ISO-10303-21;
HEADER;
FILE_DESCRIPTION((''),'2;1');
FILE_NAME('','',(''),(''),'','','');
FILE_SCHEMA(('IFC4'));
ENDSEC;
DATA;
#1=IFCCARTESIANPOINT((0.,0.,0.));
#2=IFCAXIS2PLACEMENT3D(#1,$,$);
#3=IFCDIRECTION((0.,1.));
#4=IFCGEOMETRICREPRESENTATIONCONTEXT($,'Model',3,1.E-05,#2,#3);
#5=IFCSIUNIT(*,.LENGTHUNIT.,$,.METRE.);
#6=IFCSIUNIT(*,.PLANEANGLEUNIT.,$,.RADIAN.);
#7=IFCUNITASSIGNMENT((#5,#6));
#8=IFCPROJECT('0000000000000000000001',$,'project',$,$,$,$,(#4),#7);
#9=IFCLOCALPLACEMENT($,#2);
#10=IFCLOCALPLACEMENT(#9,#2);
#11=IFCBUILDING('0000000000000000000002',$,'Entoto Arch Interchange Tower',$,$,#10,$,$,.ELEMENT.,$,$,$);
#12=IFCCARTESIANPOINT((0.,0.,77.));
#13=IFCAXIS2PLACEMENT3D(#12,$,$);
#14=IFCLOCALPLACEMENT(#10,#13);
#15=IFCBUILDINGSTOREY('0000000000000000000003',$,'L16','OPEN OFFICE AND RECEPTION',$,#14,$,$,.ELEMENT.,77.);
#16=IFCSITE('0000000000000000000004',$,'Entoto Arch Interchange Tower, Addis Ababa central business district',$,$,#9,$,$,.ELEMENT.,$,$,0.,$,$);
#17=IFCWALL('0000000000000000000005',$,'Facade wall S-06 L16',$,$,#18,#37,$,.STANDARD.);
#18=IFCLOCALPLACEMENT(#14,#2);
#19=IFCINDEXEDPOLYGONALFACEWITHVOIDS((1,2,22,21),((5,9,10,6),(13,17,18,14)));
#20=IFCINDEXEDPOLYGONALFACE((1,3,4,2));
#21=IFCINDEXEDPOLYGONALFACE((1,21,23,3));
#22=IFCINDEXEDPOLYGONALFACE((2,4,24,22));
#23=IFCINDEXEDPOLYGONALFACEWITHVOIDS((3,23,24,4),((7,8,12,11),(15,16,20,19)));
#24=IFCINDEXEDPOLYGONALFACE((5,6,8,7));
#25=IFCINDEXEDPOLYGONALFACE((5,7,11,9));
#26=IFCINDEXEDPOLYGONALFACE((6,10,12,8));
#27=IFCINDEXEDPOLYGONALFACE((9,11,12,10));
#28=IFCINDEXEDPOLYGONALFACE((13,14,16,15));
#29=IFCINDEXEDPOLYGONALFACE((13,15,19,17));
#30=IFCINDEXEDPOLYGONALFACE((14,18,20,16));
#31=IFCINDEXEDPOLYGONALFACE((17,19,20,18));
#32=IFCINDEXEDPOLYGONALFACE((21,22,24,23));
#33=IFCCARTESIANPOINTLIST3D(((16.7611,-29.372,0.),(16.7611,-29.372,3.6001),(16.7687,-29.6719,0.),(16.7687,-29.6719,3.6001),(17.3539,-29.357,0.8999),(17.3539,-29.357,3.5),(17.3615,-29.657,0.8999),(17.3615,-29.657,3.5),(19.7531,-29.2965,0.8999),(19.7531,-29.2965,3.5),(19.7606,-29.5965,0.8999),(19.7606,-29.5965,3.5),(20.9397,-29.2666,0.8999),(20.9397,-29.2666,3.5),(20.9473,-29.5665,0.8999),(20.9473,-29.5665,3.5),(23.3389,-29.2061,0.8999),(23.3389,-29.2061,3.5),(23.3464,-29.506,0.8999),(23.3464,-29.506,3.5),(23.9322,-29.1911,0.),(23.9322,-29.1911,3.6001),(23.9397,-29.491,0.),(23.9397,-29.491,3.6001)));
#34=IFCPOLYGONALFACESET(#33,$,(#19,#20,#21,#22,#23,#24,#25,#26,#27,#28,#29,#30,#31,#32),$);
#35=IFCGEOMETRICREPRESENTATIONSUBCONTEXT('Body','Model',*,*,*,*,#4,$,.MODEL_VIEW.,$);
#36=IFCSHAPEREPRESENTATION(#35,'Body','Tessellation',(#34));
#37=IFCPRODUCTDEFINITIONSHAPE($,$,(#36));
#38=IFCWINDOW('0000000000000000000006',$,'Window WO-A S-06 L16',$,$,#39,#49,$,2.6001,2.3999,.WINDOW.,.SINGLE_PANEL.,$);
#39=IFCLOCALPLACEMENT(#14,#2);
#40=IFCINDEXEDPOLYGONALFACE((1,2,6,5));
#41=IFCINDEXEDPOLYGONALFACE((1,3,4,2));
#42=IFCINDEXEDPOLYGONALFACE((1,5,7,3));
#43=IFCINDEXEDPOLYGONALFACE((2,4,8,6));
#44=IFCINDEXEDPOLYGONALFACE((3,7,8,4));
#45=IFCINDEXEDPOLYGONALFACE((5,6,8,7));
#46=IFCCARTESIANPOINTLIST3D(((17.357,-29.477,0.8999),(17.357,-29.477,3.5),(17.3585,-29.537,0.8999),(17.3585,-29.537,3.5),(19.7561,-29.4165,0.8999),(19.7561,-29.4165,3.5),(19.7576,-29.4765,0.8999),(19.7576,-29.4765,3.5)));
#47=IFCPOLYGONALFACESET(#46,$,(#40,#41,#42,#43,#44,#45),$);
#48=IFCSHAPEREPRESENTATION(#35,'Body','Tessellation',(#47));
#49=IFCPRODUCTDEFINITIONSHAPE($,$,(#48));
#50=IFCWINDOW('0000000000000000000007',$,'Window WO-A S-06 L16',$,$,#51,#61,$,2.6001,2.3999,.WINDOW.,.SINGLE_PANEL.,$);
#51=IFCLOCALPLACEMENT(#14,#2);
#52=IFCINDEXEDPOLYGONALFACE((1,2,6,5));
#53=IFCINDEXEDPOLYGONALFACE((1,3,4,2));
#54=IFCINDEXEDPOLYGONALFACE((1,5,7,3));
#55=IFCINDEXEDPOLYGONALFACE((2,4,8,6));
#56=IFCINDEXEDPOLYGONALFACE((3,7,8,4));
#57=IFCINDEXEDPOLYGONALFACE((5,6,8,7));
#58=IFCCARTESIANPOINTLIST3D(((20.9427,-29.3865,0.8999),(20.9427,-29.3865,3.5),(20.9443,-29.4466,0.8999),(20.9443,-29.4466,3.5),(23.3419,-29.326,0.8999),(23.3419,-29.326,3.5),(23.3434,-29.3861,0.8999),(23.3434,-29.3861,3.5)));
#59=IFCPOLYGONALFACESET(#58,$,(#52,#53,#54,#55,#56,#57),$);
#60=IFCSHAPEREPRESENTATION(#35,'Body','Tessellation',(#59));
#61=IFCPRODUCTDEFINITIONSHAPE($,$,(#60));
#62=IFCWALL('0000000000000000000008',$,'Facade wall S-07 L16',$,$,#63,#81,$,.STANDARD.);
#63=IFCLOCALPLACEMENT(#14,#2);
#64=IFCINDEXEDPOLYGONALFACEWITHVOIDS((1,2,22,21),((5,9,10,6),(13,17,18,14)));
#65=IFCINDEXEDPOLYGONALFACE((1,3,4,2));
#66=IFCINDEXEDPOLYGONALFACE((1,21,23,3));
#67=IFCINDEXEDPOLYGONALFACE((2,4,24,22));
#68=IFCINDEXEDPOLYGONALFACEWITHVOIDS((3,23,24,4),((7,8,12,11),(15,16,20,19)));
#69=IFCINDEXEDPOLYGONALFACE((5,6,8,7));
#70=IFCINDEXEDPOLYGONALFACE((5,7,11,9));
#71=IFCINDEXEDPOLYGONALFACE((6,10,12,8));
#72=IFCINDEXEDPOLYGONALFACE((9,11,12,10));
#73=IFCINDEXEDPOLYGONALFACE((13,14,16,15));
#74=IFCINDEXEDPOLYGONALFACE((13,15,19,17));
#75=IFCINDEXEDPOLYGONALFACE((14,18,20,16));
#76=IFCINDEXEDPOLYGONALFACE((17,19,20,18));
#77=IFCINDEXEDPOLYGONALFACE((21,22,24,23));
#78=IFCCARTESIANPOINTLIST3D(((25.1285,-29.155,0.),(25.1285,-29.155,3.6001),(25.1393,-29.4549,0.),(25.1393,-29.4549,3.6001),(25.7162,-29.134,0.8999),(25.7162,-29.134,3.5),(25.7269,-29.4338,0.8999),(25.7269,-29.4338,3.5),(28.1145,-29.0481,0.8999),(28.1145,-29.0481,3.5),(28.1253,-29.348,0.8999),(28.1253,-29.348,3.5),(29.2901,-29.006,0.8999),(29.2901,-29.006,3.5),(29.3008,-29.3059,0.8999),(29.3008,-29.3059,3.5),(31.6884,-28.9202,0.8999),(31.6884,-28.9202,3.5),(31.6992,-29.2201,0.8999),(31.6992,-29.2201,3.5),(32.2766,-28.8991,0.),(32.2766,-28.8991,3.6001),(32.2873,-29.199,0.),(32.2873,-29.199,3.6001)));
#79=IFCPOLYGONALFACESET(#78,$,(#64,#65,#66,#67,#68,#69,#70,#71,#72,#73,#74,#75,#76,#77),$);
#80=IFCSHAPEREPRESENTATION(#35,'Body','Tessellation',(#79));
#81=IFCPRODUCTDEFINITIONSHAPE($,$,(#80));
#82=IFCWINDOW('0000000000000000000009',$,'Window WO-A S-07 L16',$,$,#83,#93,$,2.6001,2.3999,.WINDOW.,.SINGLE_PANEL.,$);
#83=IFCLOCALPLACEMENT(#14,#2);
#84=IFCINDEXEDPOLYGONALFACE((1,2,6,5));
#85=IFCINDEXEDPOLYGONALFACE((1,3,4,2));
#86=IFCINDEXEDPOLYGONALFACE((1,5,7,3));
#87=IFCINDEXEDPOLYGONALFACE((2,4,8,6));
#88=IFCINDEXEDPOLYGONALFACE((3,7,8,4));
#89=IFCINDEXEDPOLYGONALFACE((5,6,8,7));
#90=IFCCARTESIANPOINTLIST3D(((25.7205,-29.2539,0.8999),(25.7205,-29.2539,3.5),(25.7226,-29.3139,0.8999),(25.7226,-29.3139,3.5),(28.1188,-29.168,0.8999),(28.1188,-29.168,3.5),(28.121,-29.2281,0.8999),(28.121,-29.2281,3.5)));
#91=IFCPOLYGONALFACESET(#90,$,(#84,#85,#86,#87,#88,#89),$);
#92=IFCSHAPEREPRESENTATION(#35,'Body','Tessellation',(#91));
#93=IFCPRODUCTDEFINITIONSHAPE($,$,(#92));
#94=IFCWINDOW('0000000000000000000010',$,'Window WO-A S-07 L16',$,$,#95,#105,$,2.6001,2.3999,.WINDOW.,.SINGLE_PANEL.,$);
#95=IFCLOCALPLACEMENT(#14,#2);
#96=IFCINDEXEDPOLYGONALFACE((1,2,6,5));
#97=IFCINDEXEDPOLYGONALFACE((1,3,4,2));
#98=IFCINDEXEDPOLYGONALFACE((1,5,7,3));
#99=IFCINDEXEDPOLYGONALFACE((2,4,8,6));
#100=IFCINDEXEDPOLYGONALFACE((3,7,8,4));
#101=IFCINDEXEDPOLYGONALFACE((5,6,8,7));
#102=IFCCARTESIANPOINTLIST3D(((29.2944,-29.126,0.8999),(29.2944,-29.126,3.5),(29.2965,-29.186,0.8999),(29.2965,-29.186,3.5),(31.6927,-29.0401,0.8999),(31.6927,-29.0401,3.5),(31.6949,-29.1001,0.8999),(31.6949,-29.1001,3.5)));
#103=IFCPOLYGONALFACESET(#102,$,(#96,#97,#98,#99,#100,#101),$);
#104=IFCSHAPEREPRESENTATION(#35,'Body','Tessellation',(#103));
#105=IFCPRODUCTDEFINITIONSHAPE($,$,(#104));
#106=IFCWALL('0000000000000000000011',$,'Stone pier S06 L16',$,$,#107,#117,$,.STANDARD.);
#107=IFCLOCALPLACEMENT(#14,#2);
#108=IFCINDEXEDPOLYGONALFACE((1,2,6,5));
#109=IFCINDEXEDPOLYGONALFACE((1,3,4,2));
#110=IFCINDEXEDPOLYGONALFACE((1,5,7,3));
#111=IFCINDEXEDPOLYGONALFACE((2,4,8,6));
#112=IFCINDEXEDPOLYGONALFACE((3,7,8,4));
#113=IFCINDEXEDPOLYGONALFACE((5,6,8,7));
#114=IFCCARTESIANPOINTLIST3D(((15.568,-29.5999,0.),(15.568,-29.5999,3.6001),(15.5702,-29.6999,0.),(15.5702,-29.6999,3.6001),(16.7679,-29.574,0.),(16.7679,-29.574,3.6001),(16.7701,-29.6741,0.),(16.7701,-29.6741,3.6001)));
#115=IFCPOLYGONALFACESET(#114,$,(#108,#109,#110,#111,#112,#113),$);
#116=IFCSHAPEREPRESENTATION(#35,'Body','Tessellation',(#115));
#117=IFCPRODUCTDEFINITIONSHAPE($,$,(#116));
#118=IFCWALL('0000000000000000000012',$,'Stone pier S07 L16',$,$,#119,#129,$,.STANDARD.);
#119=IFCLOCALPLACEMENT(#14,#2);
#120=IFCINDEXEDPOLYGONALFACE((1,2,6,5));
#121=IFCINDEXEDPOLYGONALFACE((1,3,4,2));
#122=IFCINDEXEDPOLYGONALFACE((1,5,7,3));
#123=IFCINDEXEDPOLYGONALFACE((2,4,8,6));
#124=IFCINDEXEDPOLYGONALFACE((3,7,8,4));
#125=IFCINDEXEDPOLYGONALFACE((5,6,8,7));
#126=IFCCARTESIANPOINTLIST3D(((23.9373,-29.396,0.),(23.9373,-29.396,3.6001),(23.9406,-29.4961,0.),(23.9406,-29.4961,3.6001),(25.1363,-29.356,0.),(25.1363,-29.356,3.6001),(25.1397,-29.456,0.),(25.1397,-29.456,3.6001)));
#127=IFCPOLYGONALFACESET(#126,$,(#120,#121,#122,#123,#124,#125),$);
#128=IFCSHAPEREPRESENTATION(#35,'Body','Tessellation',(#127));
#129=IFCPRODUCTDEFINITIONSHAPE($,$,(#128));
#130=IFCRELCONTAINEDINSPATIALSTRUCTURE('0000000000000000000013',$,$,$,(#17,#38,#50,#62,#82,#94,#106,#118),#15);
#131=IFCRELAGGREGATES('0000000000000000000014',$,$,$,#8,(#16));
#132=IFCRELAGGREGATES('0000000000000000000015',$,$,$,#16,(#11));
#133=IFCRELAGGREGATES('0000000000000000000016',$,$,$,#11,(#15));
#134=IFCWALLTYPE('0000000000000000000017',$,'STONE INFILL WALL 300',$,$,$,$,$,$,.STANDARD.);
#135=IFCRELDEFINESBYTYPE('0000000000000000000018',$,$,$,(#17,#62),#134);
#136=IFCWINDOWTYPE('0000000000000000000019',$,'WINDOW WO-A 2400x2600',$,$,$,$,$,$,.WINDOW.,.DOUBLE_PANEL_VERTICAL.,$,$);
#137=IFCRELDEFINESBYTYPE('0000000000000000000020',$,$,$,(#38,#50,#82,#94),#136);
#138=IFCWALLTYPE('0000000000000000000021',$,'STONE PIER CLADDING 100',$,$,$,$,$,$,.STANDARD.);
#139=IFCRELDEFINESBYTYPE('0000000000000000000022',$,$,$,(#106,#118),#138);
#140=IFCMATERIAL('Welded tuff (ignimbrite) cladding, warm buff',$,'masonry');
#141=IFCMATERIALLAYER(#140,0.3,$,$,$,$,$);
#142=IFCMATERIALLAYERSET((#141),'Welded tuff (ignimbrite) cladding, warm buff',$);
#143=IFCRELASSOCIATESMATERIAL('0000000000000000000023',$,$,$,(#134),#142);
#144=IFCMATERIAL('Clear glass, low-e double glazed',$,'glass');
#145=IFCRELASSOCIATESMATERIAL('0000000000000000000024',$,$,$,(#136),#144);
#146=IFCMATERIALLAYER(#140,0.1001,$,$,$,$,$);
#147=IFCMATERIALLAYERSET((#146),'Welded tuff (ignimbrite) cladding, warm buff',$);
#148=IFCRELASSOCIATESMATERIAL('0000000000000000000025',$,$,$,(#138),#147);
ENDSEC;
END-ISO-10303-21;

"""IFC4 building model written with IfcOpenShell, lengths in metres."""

from ifc_helpers import new_model, si_unit, direction, frame, frame_2d, origin, place, context, subcontext, project, spatial, rectangle, extrude, material, layer, layer_set, type_object, element, fill, save


model = new_model("IFC4")

# Units and contexts
model_context = context("Model", 3, precision=1e-05, world=origin(), true_north=direction((0.0, 1.0)))
body_context = subcontext(model_context, "Body", "Model", "MODEL_VIEW")
ifc_project = project(units=[si_unit("LENGTHUNIT", "METRE"), si_unit("PLANEANGLEUNIT", "RADIAN")], contexts=[model_context])

# Site, building, storey
site_placement = place(None, origin())
site = spatial("IfcSite", under=ifc_project, at=site_placement, Name="Entoto Arch Interchange Tower, Addis Ababa central business district", CompositionType="ELEMENT", RefElevation=0.0)
building_placement = place(site_placement, origin())
building = spatial("IfcBuilding", under=site, at=building_placement, Name="Entoto Arch Interchange Tower", CompositionType="ELEMENT")
storey_placement = place(building_placement, frame((0.0, 0.0, 77.0)))
storey = spatial("IfcBuildingStorey", under=building, at=storey_placement, Name="L16", Description="OPEN OFFICE AND RECEPTION", CompositionType="ELEMENT", Elevation=77.0)

# Walls, openings, windows
ifc_material_1 = material(Name="Welded tuff (ignimbrite) cladding, warm buff", Category="masonry")
ifc_layer_1 = layer(ifc_material_1, 0.3)
ifc_layer_set_1 = layer_set([ifc_layer_1], Name="Welded tuff (ignimbrite) cladding, warm buff")
wall_type_1 = type_object("IfcWallType", Name="STONE INFILL WALL 300", PredefinedType="STANDARD", material=ifc_layer_set_1)
wall_1_placement = place(storey_placement, frame((16.7649, -29.522, 0.0), z_axis=(0.0, 0.0, 1.0), x_axis=(0.999682, 0.025219, 0.0)))
wall_1 = element("IfcWall", 1, at=wall_1_placement, inside=storey, type_object=wall_type_1, Name="Facade wall S-06 L16", PredefinedType="STANDARD", context=body_context, shape_type="SweptSolid", body=[
    extrude(rectangle(XDim=7.1733, YDim=0.3, at=frame_2d((3.5867, 0.0))), origin(), (0.0, 0.0, 1.0), 3.6001),
])
opening_1_placement = place(wall_1_placement, frame((0.593, 0.0, 0.8999)))
opening_1 = element("IfcOpeningElement", 2, at=opening_1_placement, cuts=wall_1, PredefinedType="OPENING", context=body_context, shape_type="SweptSolid", body=[
    extrude(rectangle(XDim=2.3999, YDim=2.6001, at=frame_2d((1.2, 1.3))), frame((0.0, 0.1602, 0.0), z_axis=(0.0, -1.0, 0.0), x_axis=(1.0, 0.0, 0.0)), (0.0, 0.0, 1.0), 0.3201),
])
opening_2_placement = place(wall_1_placement, frame((4.1799, 0.0, 0.8999)))
opening_2 = element("IfcOpeningElement", 3, at=opening_2_placement, cuts=wall_1, PredefinedType="OPENING", context=body_context, shape_type="SweptSolid", body=[
    extrude(rectangle(XDim=2.3999, YDim=2.6001, at=frame_2d((1.2, 1.3))), frame((0.0, 0.1602, 0.0), z_axis=(0.0, -1.0, 0.0), x_axis=(1.0, 0.0, 0.0)), (0.0, 0.0, 1.0), 0.3201),
])
ifc_material_2 = material(Name="Clear glass, low-e double glazed", Category="glass")
window_type = type_object("IfcWindowType", Name="WINDOW WO-A 2400x2600", PartitioningType="DOUBLE_PANEL_VERTICAL", PredefinedType="WINDOW", material=ifc_material_2)
window_1_placement = place(opening_1_placement, origin())
window_1 = element("IfcWindow", 4, at=window_1_placement, inside=storey, type_object=window_type, Name="Window WO-A S-06 L16", OverallHeight=2.6001, OverallWidth=2.3999, PartitioningType="SINGLE_PANEL", PredefinedType="WINDOW", context=body_context, shape_type="SweptSolid", body=[
    extrude(rectangle(XDim=2.3999, YDim=2.6001, at=frame_2d((1.2, 1.3))), frame((0.0, 0.03, 0.0), z_axis=(0.0, -1.0, 0.0), x_axis=(1.0, 0.0, 0.0)), (0.0, 0.0, 1.0), 0.0601),
])
fill(opening_1, window_1)
window_2_placement = place(opening_2_placement, origin())
window_2 = element("IfcWindow", 5, at=window_2_placement, inside=storey, type_object=window_type, Name="Window WO-A S-06 L16", OverallHeight=2.6001, OverallWidth=2.3999, PartitioningType="SINGLE_PANEL", PredefinedType="WINDOW", context=body_context, shape_type="SweptSolid", body=[
    extrude(rectangle(XDim=2.3999, YDim=2.6001, at=frame_2d((1.2, 1.3))), frame((0.0, 0.03, 0.0), z_axis=(0.0, -1.0, 0.0), x_axis=(1.0, 0.0, 0.0)), (0.0, 0.0, 1.0), 0.0601),
])
fill(opening_2, window_2)
wall_2_placement = place(storey_placement, frame((25.134, -29.3049, 0.0), z_axis=(0.0, 0.0, 1.0), x_axis=(0.99936, 0.035772, 0.0)))
wall_2 = element("IfcWall", 6, at=wall_2_placement, inside=storey, type_object=wall_type_1, Name="Facade wall S-07 L16", PredefinedType="STANDARD", context=body_context, shape_type="SweptSolid", body=[
    extrude(rectangle(XDim=7.1526, YDim=0.3, at=frame_2d((3.5762, 0.0))), origin(), (0.0, 0.0, 1.0), 3.6001),
])
opening_3_placement = place(wall_2_placement, frame((0.5879, 0.0, 0.8999)))
opening_3 = element("IfcOpeningElement", 7, at=opening_3_placement, cuts=wall_2, PredefinedType="OPENING", context=body_context, shape_type="SweptSolid", body=[
    extrude(rectangle(XDim=2.3999, YDim=2.6001, at=frame_2d((1.2, 1.3))), frame((0.0, 0.1602, 0.0), z_axis=(0.0, -1.0, 0.0), x_axis=(1.0, 0.0, 0.0)), (0.0, 0.0, 1.0), 0.3201),
])
opening_4_placement = place(wall_2_placement, frame((4.1641, 0.0, 0.8999)))
opening_4 = element("IfcOpeningElement", 8, at=opening_4_placement, cuts=wall_2, PredefinedType="OPENING", context=body_context, shape_type="SweptSolid", body=[
    extrude(rectangle(XDim=2.3999, YDim=2.6001, at=frame_2d((1.2, 1.3))), frame((0.0, 0.1602, 0.0), z_axis=(0.0, -1.0, 0.0), x_axis=(1.0, 0.0, 0.0)), (0.0, 0.0, 1.0), 0.3201),
])
window_3_placement = place(opening_3_placement, origin())
window_3 = element("IfcWindow", 9, at=window_3_placement, inside=storey, type_object=window_type, Name="Window WO-A S-07 L16", OverallHeight=2.6001, OverallWidth=2.3999, PartitioningType="SINGLE_PANEL", PredefinedType="WINDOW", context=body_context, shape_type="SweptSolid", body=[
    extrude(rectangle(XDim=2.3999, YDim=2.6001, at=frame_2d((1.2, 1.3))), frame((0.0, 0.03, 0.0), z_axis=(0.0, -1.0, 0.0), x_axis=(1.0, 0.0, 0.0)), (0.0, 0.0, 1.0), 0.0601),
])
fill(opening_3, window_3)
window_4_placement = place(opening_4_placement, origin())
window_4 = element("IfcWindow", 10, at=window_4_placement, inside=storey, type_object=window_type, Name="Window WO-A S-07 L16", OverallHeight=2.6001, OverallWidth=2.3999, PartitioningType="SINGLE_PANEL", PredefinedType="WINDOW", context=body_context, shape_type="SweptSolid", body=[
    extrude(rectangle(XDim=2.3999, YDim=2.6001, at=frame_2d((1.2, 1.3))), frame((0.0, 0.03, 0.0), z_axis=(0.0, -1.0, 0.0), x_axis=(1.0, 0.0, 0.0)), (0.0, 0.0, 1.0), 0.0601),
])
fill(opening_4, window_4)

# Walls
ifc_layer_2 = layer(ifc_material_1, 0.1001)
ifc_layer_set_2 = layer_set([ifc_layer_2], Name="Welded tuff (ignimbrite) cladding, warm buff")
wall_type_2 = type_object("IfcWallType", Name="STONE PIER CLADDING 100", PredefinedType="STANDARD", material=ifc_layer_set_2)
wall_3_placement = place(storey_placement, frame((15.5691, -29.6499, 0.0), z_axis=(0.0, 0.0, 1.0), x_axis=(0.999768, 0.021562, 0.0)))
element("IfcWall", 11, at=wall_3_placement, inside=storey, type_object=wall_type_2, Name="Stone pier S06 L16", PredefinedType="STANDARD", context=body_context, shape_type="SweptSolid", body=[
    extrude(rectangle(XDim=1.2002, YDim=0.1001, at=frame_2d((0.6001, 0.0))), origin(), (0.0, 0.0, 1.0), 3.6001),
])
wall_4_placement = place(storey_placement, frame((23.939, -29.446, 0.0), z_axis=(0.0, 0.0, 1.0), x_axis=(0.999443, 0.033376, 0.0)))
element("IfcWall", 12, at=wall_4_placement, inside=storey, type_object=wall_type_2, Name="Stone pier S07 L16", PredefinedType="STANDARD", context=body_context, shape_type="SweptSolid", body=[
    extrude(rectangle(XDim=1.1997, YDim=0.1001, at=frame_2d((0.5999, 0.0))), origin(), (0.0, 0.0, 1.0), 3.6001),
])

save(model, "model.ifc")
